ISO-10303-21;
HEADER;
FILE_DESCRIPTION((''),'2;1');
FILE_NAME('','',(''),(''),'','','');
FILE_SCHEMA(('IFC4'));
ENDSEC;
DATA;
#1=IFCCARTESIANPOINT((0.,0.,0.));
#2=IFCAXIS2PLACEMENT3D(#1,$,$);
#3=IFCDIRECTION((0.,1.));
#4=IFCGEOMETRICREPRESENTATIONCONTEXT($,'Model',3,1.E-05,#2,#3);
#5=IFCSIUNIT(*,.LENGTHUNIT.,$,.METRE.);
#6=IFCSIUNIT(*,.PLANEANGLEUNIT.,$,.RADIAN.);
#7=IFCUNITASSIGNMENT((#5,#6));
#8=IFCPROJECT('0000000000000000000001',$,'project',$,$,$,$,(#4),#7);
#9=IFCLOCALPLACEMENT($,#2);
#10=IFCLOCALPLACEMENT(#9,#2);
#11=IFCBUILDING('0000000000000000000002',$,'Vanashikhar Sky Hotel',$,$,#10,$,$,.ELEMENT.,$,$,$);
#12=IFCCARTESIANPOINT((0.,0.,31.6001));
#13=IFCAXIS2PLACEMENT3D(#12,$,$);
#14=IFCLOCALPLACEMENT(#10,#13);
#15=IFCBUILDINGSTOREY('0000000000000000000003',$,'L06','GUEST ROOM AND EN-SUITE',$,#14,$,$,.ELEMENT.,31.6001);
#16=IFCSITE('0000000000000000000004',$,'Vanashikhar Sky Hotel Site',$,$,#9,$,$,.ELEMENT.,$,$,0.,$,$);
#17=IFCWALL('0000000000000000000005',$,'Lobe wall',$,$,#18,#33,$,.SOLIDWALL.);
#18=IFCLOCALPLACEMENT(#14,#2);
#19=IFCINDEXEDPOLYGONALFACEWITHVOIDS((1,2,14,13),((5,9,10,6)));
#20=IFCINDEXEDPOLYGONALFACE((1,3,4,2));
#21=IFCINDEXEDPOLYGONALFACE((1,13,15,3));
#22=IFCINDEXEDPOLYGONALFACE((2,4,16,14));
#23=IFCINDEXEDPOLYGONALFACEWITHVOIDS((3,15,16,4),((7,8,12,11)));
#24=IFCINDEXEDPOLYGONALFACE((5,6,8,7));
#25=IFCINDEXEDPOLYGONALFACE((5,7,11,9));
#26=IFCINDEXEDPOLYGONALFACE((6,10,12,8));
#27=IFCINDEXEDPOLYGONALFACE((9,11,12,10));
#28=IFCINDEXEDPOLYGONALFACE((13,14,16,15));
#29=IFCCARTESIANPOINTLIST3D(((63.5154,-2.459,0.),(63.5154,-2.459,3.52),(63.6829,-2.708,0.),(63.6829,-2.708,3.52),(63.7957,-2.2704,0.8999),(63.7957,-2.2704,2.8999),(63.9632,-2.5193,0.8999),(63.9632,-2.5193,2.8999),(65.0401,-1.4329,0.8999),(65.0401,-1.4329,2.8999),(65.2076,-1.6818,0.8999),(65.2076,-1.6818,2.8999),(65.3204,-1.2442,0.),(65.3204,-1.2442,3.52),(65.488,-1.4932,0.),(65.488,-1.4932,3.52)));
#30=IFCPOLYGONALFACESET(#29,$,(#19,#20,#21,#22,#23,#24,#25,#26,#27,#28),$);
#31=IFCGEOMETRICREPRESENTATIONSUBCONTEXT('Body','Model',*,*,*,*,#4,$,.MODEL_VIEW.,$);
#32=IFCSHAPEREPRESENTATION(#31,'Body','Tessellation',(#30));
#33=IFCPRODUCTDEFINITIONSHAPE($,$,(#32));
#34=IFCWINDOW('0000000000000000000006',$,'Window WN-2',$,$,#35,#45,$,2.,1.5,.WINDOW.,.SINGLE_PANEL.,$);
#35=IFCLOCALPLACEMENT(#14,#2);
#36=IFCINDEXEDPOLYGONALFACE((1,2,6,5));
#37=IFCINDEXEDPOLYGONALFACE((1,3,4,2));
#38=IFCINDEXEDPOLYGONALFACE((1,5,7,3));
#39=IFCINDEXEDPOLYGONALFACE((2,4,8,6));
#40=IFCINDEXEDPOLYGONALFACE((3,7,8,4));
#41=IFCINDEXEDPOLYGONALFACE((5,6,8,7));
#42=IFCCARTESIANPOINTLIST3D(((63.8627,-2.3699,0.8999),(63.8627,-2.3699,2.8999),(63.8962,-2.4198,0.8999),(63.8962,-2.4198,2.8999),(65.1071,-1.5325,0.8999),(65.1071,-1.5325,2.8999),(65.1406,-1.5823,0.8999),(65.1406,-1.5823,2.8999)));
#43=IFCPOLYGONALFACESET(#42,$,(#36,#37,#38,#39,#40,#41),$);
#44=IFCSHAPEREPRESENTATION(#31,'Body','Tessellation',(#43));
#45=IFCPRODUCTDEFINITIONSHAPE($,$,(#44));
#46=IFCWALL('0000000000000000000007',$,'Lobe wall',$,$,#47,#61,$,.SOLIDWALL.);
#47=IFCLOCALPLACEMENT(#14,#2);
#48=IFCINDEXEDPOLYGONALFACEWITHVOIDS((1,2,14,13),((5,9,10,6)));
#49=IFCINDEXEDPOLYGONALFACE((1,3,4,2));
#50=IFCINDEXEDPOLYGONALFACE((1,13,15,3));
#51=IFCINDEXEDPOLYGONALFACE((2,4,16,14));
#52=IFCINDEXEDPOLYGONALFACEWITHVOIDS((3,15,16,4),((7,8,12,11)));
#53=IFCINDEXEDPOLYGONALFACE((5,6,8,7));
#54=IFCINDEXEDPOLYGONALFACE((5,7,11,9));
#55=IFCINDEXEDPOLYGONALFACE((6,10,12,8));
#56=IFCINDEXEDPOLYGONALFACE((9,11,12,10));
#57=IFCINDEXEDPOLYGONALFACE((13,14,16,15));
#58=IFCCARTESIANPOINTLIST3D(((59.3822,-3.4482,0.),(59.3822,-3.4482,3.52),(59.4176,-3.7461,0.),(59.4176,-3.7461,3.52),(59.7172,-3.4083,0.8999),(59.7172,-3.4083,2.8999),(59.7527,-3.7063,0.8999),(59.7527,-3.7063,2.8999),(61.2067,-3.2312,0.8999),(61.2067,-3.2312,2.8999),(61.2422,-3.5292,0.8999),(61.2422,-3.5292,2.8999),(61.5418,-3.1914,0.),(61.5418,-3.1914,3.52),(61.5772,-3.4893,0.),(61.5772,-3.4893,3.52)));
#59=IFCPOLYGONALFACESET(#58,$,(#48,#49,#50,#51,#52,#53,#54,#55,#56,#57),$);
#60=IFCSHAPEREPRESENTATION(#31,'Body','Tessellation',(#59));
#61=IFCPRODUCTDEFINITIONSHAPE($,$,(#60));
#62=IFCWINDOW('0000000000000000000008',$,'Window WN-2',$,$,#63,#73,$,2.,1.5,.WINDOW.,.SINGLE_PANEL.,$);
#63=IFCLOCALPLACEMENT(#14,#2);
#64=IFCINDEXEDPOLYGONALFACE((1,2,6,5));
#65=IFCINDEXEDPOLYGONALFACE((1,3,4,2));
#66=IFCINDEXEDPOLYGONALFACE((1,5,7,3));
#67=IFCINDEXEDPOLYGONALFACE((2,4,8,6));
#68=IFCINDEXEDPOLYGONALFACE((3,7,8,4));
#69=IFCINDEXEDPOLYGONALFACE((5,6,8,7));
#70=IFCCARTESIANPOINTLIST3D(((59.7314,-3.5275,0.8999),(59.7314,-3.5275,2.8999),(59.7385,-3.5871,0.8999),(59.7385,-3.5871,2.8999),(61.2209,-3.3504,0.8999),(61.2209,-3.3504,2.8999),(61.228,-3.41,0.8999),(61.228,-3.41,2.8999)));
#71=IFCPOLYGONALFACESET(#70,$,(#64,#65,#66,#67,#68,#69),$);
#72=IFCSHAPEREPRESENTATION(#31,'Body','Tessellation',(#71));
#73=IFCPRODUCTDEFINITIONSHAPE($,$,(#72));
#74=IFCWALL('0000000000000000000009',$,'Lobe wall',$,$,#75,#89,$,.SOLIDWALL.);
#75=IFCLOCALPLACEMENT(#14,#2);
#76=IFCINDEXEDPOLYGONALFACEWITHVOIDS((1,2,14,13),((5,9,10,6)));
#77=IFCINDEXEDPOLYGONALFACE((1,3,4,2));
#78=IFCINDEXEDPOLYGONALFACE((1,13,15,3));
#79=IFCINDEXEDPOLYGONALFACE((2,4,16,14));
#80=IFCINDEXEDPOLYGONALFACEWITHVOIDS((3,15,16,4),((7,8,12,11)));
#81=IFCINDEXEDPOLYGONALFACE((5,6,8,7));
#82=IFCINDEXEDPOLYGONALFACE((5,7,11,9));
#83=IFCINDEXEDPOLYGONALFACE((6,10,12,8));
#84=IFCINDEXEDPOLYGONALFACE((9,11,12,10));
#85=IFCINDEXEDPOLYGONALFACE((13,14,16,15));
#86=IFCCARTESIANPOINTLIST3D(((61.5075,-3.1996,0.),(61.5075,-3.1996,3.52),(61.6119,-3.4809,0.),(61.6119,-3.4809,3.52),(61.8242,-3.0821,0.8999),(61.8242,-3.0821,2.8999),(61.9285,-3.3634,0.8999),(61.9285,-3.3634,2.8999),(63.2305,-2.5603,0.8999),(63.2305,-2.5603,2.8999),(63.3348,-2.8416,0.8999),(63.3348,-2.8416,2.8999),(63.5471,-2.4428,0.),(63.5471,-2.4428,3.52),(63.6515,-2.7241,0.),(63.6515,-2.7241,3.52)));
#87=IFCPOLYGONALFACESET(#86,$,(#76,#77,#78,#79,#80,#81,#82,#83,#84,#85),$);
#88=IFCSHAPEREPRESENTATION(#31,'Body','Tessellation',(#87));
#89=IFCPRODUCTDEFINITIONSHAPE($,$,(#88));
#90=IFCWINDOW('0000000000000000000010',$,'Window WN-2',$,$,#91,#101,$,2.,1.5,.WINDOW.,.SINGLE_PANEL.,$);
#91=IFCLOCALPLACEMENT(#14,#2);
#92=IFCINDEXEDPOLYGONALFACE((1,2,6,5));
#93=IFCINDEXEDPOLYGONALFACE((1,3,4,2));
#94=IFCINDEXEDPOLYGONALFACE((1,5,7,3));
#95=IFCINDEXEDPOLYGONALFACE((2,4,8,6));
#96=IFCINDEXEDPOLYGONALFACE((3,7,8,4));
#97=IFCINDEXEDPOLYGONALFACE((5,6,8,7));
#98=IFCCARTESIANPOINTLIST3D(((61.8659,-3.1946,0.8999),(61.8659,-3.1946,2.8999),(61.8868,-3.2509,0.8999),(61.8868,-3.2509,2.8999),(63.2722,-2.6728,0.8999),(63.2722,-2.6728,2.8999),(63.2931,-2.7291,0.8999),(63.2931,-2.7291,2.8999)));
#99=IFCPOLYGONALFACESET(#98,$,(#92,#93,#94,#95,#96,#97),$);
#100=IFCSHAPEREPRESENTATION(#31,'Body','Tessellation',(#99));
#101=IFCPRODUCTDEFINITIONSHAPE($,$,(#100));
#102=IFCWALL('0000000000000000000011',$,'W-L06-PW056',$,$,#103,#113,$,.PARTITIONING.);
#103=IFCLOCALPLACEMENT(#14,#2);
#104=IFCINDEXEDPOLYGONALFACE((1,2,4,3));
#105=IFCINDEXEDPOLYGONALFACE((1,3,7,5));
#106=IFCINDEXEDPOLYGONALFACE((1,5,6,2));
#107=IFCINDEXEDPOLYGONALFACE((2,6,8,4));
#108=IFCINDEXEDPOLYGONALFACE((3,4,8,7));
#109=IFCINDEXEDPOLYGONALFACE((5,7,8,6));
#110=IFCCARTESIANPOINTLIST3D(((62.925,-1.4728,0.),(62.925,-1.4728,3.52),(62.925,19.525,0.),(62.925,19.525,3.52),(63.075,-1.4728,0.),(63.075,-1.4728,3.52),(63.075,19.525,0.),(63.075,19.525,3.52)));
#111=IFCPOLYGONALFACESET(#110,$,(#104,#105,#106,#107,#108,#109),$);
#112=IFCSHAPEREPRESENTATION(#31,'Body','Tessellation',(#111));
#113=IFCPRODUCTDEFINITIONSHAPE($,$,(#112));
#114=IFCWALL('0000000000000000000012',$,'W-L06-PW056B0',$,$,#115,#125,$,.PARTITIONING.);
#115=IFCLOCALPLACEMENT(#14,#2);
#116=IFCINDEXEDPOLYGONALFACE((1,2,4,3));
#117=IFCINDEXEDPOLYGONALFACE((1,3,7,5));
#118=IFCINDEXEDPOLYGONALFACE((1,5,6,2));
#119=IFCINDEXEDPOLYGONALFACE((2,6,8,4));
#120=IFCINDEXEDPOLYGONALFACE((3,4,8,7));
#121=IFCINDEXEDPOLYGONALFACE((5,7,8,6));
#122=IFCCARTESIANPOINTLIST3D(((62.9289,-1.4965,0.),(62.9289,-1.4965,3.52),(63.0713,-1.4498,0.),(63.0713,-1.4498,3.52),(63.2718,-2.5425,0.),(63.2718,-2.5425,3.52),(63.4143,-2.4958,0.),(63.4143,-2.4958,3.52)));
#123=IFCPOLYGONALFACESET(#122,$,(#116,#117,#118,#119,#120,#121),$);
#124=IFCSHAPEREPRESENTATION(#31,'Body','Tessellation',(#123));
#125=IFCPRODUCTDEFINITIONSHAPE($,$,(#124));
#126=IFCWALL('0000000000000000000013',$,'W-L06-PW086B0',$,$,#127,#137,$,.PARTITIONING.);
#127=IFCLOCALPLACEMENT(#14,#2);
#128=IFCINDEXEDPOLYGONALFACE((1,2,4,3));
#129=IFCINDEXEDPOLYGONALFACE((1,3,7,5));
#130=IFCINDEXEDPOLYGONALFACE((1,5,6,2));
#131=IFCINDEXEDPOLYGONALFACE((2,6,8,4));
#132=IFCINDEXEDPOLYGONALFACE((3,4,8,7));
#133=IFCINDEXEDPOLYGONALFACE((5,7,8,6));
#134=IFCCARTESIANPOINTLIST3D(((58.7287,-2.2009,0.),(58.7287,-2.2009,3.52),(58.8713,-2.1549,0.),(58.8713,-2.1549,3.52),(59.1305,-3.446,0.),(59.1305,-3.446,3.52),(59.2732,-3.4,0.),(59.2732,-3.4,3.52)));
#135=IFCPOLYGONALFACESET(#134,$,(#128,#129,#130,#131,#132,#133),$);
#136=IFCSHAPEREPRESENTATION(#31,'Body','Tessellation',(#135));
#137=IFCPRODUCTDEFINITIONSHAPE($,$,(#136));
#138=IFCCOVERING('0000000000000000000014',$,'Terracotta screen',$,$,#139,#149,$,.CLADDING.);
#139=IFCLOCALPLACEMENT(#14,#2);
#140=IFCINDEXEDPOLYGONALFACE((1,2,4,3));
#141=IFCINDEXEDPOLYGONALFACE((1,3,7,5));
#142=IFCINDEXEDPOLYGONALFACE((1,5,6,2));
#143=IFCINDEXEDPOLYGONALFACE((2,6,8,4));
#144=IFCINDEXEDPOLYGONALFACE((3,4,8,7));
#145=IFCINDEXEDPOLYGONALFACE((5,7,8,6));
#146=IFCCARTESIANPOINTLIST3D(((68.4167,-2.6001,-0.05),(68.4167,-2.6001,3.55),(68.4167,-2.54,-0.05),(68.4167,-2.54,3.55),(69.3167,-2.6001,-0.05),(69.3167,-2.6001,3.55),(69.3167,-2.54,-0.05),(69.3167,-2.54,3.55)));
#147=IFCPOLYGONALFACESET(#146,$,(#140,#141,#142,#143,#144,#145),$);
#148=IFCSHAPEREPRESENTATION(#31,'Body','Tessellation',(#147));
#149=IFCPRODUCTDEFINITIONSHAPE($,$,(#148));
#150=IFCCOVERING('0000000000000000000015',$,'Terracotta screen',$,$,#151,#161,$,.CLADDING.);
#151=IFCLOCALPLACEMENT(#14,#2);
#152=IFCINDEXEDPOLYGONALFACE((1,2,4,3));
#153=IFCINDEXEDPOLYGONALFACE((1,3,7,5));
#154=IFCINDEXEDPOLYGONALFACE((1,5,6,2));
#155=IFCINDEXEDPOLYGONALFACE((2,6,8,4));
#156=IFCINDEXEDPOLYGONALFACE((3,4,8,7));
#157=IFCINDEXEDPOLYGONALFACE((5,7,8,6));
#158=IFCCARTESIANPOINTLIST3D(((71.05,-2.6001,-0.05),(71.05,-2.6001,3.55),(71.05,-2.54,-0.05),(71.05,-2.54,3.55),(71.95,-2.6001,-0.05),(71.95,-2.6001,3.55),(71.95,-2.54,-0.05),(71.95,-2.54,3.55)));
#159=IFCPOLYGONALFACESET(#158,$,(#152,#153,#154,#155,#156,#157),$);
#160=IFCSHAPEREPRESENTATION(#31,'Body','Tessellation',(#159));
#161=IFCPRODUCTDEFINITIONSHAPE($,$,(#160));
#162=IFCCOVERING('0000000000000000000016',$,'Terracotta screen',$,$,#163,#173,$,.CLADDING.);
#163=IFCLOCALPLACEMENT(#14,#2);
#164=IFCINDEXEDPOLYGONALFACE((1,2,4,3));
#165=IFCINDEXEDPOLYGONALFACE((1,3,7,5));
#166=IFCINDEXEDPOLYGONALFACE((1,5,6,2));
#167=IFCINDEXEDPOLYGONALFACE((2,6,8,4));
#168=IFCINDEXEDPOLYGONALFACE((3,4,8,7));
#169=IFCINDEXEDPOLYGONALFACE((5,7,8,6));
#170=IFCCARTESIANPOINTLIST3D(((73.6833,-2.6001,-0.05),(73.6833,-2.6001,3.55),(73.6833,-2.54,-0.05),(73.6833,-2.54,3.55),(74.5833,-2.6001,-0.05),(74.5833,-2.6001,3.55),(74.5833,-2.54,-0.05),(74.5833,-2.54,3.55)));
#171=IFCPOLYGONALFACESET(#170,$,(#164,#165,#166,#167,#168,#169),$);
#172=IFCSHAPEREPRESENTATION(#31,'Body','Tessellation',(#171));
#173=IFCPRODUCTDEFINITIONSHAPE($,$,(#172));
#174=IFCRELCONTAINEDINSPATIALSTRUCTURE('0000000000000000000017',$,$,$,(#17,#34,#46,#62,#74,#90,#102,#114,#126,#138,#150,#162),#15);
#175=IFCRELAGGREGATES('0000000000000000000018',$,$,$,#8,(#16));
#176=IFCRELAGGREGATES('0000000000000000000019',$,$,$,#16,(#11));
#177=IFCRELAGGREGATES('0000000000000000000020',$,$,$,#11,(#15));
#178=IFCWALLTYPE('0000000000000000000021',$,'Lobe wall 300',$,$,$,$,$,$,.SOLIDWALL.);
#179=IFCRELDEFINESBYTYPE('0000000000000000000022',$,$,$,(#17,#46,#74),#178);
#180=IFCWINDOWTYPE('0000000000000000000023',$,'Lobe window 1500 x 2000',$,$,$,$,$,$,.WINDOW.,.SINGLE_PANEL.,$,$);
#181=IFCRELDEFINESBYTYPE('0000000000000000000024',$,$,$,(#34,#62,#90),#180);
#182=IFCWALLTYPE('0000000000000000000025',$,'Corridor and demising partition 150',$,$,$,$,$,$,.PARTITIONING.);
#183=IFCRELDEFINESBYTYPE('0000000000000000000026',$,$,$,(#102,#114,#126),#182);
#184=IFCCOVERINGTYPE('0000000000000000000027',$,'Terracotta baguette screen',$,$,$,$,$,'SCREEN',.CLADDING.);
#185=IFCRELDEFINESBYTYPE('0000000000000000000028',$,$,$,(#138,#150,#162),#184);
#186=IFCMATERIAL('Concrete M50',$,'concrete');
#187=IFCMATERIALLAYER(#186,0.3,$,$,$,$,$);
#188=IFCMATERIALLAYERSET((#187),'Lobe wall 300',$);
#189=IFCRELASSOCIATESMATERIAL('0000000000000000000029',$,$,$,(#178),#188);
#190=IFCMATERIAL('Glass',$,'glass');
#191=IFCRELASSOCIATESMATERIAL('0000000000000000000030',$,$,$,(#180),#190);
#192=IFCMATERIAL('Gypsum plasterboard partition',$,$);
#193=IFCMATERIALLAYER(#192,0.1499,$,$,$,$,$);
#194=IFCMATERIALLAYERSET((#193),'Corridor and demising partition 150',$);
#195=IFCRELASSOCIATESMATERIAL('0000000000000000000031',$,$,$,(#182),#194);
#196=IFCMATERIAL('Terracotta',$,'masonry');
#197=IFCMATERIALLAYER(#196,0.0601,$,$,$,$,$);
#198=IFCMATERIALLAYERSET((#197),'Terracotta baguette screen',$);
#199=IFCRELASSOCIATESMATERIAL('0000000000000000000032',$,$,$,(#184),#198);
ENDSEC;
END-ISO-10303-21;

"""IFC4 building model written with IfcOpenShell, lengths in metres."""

from ifc_helpers import new_model, si_unit, direction, frame, frame_2d, origin, origin_2d, place, context, subcontext, project, spatial, rectangle, extrude, source, transform, mapped, material, layer, layer_set, type_object, element, fill, save


model = new_model("IFC4")

# Units and contexts
model_context = context("Model", 3, precision=1e-05, world=origin(), true_north=direction((0.0, 1.0)))
body_context = subcontext(model_context, "Body", "Model", "MODEL_VIEW")
ifc_project = project(units=[si_unit("LENGTHUNIT", "METRE"), si_unit("PLANEANGLEUNIT", "RADIAN")], contexts=[model_context])

# Site, building, storey
site_placement = place(None, origin())
site = spatial("IfcSite", under=ifc_project, at=site_placement, Name="Vanashikhar Sky Hotel Site", CompositionType="ELEMENT", RefElevation=0.0)
building_placement = place(site_placement, origin())
building = spatial("IfcBuilding", under=site, at=building_placement, Name="Vanashikhar Sky Hotel", CompositionType="ELEMENT")
storey_placement = place(building_placement, frame((0.0, 0.0, 31.6001)))
storey = spatial("IfcBuildingStorey", under=building, at=storey_placement, Name="L06", Description="GUEST ROOM AND EN-SUITE", CompositionType="ELEMENT", Elevation=31.6001)

# Walls, openings, windows
ifc_material_1 = material(Name="Concrete M50", Category="concrete")
ifc_layer_1 = layer(ifc_material_1, 0.3)
ifc_layer_set_1 = layer_set([ifc_layer_1], Name="Lobe wall 300")
wall_type_1 = type_object("IfcWallType", Name="Lobe wall 300", PredefinedType="SOLIDWALL", material=ifc_layer_set_1)
shared_shape_1 = source(origin(), body_context, "Body", "SweptSolid", [
    extrude(rectangle(XDim=2.1758, YDim=0.3, at=frame_2d((1.0879, 0.0))), origin(), (0.0, 0.0, 1.0), 3.52),
])
wall_1_placement = place(storey_placement, frame((63.5991, -2.5835, 0.0), z_axis=(0.0, 0.0, 1.0), x_axis=(0.829626, 0.55832, 0.0)))
wall_1 = element("IfcWall", 1, at=wall_1_placement, inside=storey, type_object=wall_type_1, Name="Lobe wall", PredefinedType="SOLIDWALL", context=body_context, shape_type="MappedRepresentation", body=[
    mapped(shared_shape_1, transform((0.0, 0.0, 0.0), scale=1.0)),
])
shared_shape_2 = source(origin(), body_context, "Body", "SweptSolid", [
    extrude(rectangle(XDim=1.5, YDim=2.0, at=frame_2d((0.75, 1.0))), frame((0.0, 0.1602, 0.0), z_axis=(0.0, -1.0, 0.0), x_axis=(1.0, 0.0, 0.0)), (0.0, 0.0, 1.0), 0.3201),
])
opening_1_placement = place(wall_1_placement, frame((0.3379, 0.0, 0.8999)))
opening_1 = element("IfcOpeningElement", 2, at=opening_1_placement, cuts=wall_1, PredefinedType="OPENING", context=body_context, shape_type="MappedRepresentation", body=[
    mapped(shared_shape_2, transform((0.0, 0.0, 0.0), scale=1.0)),
])
ifc_material_2 = material(Name="Glass", Category="glass")
window_type = type_object("IfcWindowType", Name="Lobe window 1500 x 2000", PartitioningType="SINGLE_PANEL", PredefinedType="WINDOW", material=ifc_material_2)
shared_shape_3 = source(origin(), body_context, "Body", "SweptSolid", [
    extrude(rectangle(XDim=1.5, YDim=2.0, at=frame_2d((0.75, 1.0))), frame((0.0, 0.03, 0.0), z_axis=(0.0, -1.0, 0.0), x_axis=(1.0, 0.0, 0.0)), (0.0, 0.0, 1.0), 0.0601),
])
window_1_placement = place(opening_1_placement, origin())
window_1 = element("IfcWindow", 3, at=window_1_placement, inside=storey, type_object=window_type, Name="Window WN-2", OverallHeight=2.0, OverallWidth=1.5, PartitioningType="SINGLE_PANEL", PredefinedType="WINDOW", context=body_context, shape_type="MappedRepresentation", body=[
    mapped(shared_shape_3, transform((0.0, 0.0, 0.0), scale=1.0)),
])
fill(opening_1, window_1)
shared_shape_4 = source(origin(), body_context, "Body", "SweptSolid", [
    extrude(rectangle(XDim=2.1748, YDim=0.3, at=frame_2d((1.0874, 0.0))), origin(), (0.0, 0.0, 1.0), 3.52),
])
wall_2_placement = place(storey_placement, frame((59.3999, -3.5972, 0.0), z_axis=(0.0, 0.0, 1.0), x_axis=(0.993003, 0.118092, 0.0)))
wall_2 = element("IfcWall", 4, at=wall_2_placement, inside=storey, type_object=wall_type_1, Name="Lobe wall", PredefinedType="SOLIDWALL", context=body_context, shape_type="MappedRepresentation", body=[
    mapped(shared_shape_4, transform((0.0, 0.0, 0.0), scale=1.0)),
])
opening_2_placement = place(wall_2_placement, frame((0.3374, 0.0, 0.8999)))
opening_2 = element("IfcOpeningElement", 5, at=opening_2_placement, cuts=wall_2, PredefinedType="OPENING", context=body_context, shape_type="MappedRepresentation", body=[
    mapped(shared_shape_2, transform((0.0, 0.0, 0.0), scale=1.0)),
])
window_2_placement = place(opening_2_placement, origin())
window_2 = element("IfcWindow", 6, at=window_2_placement, inside=storey, type_object=window_type, Name="Window WN-2", OverallHeight=2.0, OverallWidth=1.5, PartitioningType="SINGLE_PANEL", PredefinedType="WINDOW", context=body_context, shape_type="MappedRepresentation", body=[
    mapped(shared_shape_3, transform((0.0, 0.0, 0.0), scale=1.0)),
])
fill(opening_2, window_2)
shared_shape_5 = source(origin(), body_context, "Body", "SweptSolid", [
    extrude(rectangle(XDim=2.1755, YDim=0.3, at=frame_2d((1.0879, 0.0))), origin(), (0.0, 0.0, 1.0), 3.52),
])
wall_3_placement = place(storey_placement, frame((61.5596, -3.3403, 0.0), z_axis=(0.0, 0.0, 1.0), x_axis=(0.937532, 0.347899, 0.0)))
wall_3 = element("IfcWall", 7, at=wall_3_placement, inside=storey, type_object=wall_type_1, Name="Lobe wall", PredefinedType="SOLIDWALL", context=body_context, shape_type="MappedRepresentation", body=[
    mapped(shared_shape_5, transform((0.0, 0.0, 0.0), scale=1.0)),
])
opening_3_placement = place(wall_3_placement, frame((0.3379, 0.0, 0.8999)))
opening_3 = element("IfcOpeningElement", 8, at=opening_3_placement, cuts=wall_3, PredefinedType="OPENING", context=body_context, shape_type="MappedRepresentation", body=[
    mapped(shared_shape_2, transform((0.0, 0.0, 0.0), scale=1.0)),
])
window_3_placement = place(opening_3_placement, origin())
window_3 = element("IfcWindow", 9, at=window_3_placement, inside=storey, type_object=window_type, Name="Window WN-2", OverallHeight=2.0, OverallWidth=1.5, PartitioningType="SINGLE_PANEL", PredefinedType="WINDOW", context=body_context, shape_type="MappedRepresentation", body=[
    mapped(shared_shape_3, transform((0.0, 0.0, 0.0), scale=1.0)),
])
fill(opening_3, window_3)

# Walls
ifc_material_3 = material(Name="Gypsum plasterboard partition")
ifc_layer_2 = layer(ifc_material_3, 0.1499)
ifc_layer_set_2 = layer_set([ifc_layer_2], Name="Corridor and demising partition 150")
wall_type_2 = type_object("IfcWallType", Name="Corridor and demising partition 150", PredefinedType="PARTITIONING", material=ifc_layer_set_2)
shared_shape_6 = source(origin(), body_context, "Body", "SweptSolid", [
    extrude(rectangle(XDim=20.9978, YDim=0.1499, at=frame_2d((10.499, 0.0))), origin(), (0.0, 0.0, 1.0), 3.52),
])
wall_4_placement = place(storey_placement, frame((63.0, -1.4729, 0.0), z_axis=(0.0, 0.0, 1.0), x_axis=(0.0, 1.0, 0.0)))
element("IfcWall", 10, at=wall_4_placement, inside=storey, type_object=wall_type_2, Name="W-L06-PW056", PredefinedType="PARTITIONING", context=body_context, shape_type="MappedRepresentation", body=[
    mapped(shared_shape_6, transform((0.0, 0.0, 0.0), scale=1.0)),
])
shared_shape_7 = source(origin(), body_context, "Body", "SweptSolid", [
    extrude(rectangle(XDim=1.1008, YDim=0.1499, at=frame_2d((0.5503, 0.0))), origin(), (0.0, 0.0, 1.0), 3.52),
])
wall_5_placement = place(storey_placement, frame((63.343, -2.519, 0.0), z_axis=(0.0, 0.0, 1.0), x_axis=(-0.311567, 0.950224, 0.0)))
element("IfcWall", 11, at=wall_5_placement, inside=storey, type_object=wall_type_2, Name="W-L06-PW056B0", PredefinedType="PARTITIONING", context=body_context, shape_type="MappedRepresentation", body=[
    mapped(shared_shape_7, transform((0.0, 0.0, 0.0), scale=1.0)),
])
shared_shape_8 = source(origin(), body_context, "Body", "SweptSolid", [
    extrude(rectangle(XDim=1.3083, YDim=0.1499, at=frame_2d((0.6543, 0.0))), origin(), (0.0, 0.0, 1.0), 3.52),
])
wall_6_placement = place(storey_placement, frame((59.2019, -3.4231, 0.0), z_axis=(0.0, 0.0, 1.0), x_axis=(-0.307145, 0.951663, 0.0)))
element("IfcWall", 12, at=wall_6_placement, inside=storey, type_object=wall_type_2, Name="W-L06-PW086B0", PredefinedType="PARTITIONING", context=body_context, shape_type="MappedRepresentation", body=[
    mapped(shared_shape_8, transform((0.0, 0.0, 0.0), scale=1.0)),
])

# Coverings
ifc_material_4 = material(Name="Terracotta", Category="masonry")
ifc_layer_3 = layer(ifc_material_4, 0.0601)
ifc_layer_set_3 = layer_set([ifc_layer_3], Name="Terracotta baguette screen")
covering_type_1 = type_object("IfcCoveringType", Name="Terracotta baguette screen", ElementType="SCREEN", PredefinedType="CLADDING", material=ifc_layer_set_3)
shared_shape_9 = source(origin(), body_context, "Body", "SweptSolid", [
    extrude(rectangle(XDim=0.8999, YDim=0.0601, at=origin_2d()), origin(), (0.0, 0.0, 1.0), 3.6001),
])
for number, where, z_axis, x_axis, name in (
    (13, (68.8667, -2.5701, -0.05), (0.0, 0.0, 1.0), (1.0, 0.0, 0.0), "Terracotta screen"),
    (14, (71.5, -2.5701, -0.05), (0.0, 0.0, 1.0), (1.0, 0.0, 0.0), "Terracotta screen"),
    (15, (74.1333, -2.5701, -0.05), (0.0, 0.0, 1.0), (1.0, 0.0, 0.0), "Terracotta screen"),
):
    element("IfcCovering", number, at=place(storey_placement, frame(where, z_axis=z_axis, x_axis=x_axis)), inside=storey, type_object=covering_type_1, Name=name, PredefinedType="CLADDING", context=body_context, shape_type="MappedRepresentation", body=[
        mapped(shared_shape_9, transform((0.0, 0.0, 0.0), scale=1.0)),
    ])

save(model, "model.ifc")
